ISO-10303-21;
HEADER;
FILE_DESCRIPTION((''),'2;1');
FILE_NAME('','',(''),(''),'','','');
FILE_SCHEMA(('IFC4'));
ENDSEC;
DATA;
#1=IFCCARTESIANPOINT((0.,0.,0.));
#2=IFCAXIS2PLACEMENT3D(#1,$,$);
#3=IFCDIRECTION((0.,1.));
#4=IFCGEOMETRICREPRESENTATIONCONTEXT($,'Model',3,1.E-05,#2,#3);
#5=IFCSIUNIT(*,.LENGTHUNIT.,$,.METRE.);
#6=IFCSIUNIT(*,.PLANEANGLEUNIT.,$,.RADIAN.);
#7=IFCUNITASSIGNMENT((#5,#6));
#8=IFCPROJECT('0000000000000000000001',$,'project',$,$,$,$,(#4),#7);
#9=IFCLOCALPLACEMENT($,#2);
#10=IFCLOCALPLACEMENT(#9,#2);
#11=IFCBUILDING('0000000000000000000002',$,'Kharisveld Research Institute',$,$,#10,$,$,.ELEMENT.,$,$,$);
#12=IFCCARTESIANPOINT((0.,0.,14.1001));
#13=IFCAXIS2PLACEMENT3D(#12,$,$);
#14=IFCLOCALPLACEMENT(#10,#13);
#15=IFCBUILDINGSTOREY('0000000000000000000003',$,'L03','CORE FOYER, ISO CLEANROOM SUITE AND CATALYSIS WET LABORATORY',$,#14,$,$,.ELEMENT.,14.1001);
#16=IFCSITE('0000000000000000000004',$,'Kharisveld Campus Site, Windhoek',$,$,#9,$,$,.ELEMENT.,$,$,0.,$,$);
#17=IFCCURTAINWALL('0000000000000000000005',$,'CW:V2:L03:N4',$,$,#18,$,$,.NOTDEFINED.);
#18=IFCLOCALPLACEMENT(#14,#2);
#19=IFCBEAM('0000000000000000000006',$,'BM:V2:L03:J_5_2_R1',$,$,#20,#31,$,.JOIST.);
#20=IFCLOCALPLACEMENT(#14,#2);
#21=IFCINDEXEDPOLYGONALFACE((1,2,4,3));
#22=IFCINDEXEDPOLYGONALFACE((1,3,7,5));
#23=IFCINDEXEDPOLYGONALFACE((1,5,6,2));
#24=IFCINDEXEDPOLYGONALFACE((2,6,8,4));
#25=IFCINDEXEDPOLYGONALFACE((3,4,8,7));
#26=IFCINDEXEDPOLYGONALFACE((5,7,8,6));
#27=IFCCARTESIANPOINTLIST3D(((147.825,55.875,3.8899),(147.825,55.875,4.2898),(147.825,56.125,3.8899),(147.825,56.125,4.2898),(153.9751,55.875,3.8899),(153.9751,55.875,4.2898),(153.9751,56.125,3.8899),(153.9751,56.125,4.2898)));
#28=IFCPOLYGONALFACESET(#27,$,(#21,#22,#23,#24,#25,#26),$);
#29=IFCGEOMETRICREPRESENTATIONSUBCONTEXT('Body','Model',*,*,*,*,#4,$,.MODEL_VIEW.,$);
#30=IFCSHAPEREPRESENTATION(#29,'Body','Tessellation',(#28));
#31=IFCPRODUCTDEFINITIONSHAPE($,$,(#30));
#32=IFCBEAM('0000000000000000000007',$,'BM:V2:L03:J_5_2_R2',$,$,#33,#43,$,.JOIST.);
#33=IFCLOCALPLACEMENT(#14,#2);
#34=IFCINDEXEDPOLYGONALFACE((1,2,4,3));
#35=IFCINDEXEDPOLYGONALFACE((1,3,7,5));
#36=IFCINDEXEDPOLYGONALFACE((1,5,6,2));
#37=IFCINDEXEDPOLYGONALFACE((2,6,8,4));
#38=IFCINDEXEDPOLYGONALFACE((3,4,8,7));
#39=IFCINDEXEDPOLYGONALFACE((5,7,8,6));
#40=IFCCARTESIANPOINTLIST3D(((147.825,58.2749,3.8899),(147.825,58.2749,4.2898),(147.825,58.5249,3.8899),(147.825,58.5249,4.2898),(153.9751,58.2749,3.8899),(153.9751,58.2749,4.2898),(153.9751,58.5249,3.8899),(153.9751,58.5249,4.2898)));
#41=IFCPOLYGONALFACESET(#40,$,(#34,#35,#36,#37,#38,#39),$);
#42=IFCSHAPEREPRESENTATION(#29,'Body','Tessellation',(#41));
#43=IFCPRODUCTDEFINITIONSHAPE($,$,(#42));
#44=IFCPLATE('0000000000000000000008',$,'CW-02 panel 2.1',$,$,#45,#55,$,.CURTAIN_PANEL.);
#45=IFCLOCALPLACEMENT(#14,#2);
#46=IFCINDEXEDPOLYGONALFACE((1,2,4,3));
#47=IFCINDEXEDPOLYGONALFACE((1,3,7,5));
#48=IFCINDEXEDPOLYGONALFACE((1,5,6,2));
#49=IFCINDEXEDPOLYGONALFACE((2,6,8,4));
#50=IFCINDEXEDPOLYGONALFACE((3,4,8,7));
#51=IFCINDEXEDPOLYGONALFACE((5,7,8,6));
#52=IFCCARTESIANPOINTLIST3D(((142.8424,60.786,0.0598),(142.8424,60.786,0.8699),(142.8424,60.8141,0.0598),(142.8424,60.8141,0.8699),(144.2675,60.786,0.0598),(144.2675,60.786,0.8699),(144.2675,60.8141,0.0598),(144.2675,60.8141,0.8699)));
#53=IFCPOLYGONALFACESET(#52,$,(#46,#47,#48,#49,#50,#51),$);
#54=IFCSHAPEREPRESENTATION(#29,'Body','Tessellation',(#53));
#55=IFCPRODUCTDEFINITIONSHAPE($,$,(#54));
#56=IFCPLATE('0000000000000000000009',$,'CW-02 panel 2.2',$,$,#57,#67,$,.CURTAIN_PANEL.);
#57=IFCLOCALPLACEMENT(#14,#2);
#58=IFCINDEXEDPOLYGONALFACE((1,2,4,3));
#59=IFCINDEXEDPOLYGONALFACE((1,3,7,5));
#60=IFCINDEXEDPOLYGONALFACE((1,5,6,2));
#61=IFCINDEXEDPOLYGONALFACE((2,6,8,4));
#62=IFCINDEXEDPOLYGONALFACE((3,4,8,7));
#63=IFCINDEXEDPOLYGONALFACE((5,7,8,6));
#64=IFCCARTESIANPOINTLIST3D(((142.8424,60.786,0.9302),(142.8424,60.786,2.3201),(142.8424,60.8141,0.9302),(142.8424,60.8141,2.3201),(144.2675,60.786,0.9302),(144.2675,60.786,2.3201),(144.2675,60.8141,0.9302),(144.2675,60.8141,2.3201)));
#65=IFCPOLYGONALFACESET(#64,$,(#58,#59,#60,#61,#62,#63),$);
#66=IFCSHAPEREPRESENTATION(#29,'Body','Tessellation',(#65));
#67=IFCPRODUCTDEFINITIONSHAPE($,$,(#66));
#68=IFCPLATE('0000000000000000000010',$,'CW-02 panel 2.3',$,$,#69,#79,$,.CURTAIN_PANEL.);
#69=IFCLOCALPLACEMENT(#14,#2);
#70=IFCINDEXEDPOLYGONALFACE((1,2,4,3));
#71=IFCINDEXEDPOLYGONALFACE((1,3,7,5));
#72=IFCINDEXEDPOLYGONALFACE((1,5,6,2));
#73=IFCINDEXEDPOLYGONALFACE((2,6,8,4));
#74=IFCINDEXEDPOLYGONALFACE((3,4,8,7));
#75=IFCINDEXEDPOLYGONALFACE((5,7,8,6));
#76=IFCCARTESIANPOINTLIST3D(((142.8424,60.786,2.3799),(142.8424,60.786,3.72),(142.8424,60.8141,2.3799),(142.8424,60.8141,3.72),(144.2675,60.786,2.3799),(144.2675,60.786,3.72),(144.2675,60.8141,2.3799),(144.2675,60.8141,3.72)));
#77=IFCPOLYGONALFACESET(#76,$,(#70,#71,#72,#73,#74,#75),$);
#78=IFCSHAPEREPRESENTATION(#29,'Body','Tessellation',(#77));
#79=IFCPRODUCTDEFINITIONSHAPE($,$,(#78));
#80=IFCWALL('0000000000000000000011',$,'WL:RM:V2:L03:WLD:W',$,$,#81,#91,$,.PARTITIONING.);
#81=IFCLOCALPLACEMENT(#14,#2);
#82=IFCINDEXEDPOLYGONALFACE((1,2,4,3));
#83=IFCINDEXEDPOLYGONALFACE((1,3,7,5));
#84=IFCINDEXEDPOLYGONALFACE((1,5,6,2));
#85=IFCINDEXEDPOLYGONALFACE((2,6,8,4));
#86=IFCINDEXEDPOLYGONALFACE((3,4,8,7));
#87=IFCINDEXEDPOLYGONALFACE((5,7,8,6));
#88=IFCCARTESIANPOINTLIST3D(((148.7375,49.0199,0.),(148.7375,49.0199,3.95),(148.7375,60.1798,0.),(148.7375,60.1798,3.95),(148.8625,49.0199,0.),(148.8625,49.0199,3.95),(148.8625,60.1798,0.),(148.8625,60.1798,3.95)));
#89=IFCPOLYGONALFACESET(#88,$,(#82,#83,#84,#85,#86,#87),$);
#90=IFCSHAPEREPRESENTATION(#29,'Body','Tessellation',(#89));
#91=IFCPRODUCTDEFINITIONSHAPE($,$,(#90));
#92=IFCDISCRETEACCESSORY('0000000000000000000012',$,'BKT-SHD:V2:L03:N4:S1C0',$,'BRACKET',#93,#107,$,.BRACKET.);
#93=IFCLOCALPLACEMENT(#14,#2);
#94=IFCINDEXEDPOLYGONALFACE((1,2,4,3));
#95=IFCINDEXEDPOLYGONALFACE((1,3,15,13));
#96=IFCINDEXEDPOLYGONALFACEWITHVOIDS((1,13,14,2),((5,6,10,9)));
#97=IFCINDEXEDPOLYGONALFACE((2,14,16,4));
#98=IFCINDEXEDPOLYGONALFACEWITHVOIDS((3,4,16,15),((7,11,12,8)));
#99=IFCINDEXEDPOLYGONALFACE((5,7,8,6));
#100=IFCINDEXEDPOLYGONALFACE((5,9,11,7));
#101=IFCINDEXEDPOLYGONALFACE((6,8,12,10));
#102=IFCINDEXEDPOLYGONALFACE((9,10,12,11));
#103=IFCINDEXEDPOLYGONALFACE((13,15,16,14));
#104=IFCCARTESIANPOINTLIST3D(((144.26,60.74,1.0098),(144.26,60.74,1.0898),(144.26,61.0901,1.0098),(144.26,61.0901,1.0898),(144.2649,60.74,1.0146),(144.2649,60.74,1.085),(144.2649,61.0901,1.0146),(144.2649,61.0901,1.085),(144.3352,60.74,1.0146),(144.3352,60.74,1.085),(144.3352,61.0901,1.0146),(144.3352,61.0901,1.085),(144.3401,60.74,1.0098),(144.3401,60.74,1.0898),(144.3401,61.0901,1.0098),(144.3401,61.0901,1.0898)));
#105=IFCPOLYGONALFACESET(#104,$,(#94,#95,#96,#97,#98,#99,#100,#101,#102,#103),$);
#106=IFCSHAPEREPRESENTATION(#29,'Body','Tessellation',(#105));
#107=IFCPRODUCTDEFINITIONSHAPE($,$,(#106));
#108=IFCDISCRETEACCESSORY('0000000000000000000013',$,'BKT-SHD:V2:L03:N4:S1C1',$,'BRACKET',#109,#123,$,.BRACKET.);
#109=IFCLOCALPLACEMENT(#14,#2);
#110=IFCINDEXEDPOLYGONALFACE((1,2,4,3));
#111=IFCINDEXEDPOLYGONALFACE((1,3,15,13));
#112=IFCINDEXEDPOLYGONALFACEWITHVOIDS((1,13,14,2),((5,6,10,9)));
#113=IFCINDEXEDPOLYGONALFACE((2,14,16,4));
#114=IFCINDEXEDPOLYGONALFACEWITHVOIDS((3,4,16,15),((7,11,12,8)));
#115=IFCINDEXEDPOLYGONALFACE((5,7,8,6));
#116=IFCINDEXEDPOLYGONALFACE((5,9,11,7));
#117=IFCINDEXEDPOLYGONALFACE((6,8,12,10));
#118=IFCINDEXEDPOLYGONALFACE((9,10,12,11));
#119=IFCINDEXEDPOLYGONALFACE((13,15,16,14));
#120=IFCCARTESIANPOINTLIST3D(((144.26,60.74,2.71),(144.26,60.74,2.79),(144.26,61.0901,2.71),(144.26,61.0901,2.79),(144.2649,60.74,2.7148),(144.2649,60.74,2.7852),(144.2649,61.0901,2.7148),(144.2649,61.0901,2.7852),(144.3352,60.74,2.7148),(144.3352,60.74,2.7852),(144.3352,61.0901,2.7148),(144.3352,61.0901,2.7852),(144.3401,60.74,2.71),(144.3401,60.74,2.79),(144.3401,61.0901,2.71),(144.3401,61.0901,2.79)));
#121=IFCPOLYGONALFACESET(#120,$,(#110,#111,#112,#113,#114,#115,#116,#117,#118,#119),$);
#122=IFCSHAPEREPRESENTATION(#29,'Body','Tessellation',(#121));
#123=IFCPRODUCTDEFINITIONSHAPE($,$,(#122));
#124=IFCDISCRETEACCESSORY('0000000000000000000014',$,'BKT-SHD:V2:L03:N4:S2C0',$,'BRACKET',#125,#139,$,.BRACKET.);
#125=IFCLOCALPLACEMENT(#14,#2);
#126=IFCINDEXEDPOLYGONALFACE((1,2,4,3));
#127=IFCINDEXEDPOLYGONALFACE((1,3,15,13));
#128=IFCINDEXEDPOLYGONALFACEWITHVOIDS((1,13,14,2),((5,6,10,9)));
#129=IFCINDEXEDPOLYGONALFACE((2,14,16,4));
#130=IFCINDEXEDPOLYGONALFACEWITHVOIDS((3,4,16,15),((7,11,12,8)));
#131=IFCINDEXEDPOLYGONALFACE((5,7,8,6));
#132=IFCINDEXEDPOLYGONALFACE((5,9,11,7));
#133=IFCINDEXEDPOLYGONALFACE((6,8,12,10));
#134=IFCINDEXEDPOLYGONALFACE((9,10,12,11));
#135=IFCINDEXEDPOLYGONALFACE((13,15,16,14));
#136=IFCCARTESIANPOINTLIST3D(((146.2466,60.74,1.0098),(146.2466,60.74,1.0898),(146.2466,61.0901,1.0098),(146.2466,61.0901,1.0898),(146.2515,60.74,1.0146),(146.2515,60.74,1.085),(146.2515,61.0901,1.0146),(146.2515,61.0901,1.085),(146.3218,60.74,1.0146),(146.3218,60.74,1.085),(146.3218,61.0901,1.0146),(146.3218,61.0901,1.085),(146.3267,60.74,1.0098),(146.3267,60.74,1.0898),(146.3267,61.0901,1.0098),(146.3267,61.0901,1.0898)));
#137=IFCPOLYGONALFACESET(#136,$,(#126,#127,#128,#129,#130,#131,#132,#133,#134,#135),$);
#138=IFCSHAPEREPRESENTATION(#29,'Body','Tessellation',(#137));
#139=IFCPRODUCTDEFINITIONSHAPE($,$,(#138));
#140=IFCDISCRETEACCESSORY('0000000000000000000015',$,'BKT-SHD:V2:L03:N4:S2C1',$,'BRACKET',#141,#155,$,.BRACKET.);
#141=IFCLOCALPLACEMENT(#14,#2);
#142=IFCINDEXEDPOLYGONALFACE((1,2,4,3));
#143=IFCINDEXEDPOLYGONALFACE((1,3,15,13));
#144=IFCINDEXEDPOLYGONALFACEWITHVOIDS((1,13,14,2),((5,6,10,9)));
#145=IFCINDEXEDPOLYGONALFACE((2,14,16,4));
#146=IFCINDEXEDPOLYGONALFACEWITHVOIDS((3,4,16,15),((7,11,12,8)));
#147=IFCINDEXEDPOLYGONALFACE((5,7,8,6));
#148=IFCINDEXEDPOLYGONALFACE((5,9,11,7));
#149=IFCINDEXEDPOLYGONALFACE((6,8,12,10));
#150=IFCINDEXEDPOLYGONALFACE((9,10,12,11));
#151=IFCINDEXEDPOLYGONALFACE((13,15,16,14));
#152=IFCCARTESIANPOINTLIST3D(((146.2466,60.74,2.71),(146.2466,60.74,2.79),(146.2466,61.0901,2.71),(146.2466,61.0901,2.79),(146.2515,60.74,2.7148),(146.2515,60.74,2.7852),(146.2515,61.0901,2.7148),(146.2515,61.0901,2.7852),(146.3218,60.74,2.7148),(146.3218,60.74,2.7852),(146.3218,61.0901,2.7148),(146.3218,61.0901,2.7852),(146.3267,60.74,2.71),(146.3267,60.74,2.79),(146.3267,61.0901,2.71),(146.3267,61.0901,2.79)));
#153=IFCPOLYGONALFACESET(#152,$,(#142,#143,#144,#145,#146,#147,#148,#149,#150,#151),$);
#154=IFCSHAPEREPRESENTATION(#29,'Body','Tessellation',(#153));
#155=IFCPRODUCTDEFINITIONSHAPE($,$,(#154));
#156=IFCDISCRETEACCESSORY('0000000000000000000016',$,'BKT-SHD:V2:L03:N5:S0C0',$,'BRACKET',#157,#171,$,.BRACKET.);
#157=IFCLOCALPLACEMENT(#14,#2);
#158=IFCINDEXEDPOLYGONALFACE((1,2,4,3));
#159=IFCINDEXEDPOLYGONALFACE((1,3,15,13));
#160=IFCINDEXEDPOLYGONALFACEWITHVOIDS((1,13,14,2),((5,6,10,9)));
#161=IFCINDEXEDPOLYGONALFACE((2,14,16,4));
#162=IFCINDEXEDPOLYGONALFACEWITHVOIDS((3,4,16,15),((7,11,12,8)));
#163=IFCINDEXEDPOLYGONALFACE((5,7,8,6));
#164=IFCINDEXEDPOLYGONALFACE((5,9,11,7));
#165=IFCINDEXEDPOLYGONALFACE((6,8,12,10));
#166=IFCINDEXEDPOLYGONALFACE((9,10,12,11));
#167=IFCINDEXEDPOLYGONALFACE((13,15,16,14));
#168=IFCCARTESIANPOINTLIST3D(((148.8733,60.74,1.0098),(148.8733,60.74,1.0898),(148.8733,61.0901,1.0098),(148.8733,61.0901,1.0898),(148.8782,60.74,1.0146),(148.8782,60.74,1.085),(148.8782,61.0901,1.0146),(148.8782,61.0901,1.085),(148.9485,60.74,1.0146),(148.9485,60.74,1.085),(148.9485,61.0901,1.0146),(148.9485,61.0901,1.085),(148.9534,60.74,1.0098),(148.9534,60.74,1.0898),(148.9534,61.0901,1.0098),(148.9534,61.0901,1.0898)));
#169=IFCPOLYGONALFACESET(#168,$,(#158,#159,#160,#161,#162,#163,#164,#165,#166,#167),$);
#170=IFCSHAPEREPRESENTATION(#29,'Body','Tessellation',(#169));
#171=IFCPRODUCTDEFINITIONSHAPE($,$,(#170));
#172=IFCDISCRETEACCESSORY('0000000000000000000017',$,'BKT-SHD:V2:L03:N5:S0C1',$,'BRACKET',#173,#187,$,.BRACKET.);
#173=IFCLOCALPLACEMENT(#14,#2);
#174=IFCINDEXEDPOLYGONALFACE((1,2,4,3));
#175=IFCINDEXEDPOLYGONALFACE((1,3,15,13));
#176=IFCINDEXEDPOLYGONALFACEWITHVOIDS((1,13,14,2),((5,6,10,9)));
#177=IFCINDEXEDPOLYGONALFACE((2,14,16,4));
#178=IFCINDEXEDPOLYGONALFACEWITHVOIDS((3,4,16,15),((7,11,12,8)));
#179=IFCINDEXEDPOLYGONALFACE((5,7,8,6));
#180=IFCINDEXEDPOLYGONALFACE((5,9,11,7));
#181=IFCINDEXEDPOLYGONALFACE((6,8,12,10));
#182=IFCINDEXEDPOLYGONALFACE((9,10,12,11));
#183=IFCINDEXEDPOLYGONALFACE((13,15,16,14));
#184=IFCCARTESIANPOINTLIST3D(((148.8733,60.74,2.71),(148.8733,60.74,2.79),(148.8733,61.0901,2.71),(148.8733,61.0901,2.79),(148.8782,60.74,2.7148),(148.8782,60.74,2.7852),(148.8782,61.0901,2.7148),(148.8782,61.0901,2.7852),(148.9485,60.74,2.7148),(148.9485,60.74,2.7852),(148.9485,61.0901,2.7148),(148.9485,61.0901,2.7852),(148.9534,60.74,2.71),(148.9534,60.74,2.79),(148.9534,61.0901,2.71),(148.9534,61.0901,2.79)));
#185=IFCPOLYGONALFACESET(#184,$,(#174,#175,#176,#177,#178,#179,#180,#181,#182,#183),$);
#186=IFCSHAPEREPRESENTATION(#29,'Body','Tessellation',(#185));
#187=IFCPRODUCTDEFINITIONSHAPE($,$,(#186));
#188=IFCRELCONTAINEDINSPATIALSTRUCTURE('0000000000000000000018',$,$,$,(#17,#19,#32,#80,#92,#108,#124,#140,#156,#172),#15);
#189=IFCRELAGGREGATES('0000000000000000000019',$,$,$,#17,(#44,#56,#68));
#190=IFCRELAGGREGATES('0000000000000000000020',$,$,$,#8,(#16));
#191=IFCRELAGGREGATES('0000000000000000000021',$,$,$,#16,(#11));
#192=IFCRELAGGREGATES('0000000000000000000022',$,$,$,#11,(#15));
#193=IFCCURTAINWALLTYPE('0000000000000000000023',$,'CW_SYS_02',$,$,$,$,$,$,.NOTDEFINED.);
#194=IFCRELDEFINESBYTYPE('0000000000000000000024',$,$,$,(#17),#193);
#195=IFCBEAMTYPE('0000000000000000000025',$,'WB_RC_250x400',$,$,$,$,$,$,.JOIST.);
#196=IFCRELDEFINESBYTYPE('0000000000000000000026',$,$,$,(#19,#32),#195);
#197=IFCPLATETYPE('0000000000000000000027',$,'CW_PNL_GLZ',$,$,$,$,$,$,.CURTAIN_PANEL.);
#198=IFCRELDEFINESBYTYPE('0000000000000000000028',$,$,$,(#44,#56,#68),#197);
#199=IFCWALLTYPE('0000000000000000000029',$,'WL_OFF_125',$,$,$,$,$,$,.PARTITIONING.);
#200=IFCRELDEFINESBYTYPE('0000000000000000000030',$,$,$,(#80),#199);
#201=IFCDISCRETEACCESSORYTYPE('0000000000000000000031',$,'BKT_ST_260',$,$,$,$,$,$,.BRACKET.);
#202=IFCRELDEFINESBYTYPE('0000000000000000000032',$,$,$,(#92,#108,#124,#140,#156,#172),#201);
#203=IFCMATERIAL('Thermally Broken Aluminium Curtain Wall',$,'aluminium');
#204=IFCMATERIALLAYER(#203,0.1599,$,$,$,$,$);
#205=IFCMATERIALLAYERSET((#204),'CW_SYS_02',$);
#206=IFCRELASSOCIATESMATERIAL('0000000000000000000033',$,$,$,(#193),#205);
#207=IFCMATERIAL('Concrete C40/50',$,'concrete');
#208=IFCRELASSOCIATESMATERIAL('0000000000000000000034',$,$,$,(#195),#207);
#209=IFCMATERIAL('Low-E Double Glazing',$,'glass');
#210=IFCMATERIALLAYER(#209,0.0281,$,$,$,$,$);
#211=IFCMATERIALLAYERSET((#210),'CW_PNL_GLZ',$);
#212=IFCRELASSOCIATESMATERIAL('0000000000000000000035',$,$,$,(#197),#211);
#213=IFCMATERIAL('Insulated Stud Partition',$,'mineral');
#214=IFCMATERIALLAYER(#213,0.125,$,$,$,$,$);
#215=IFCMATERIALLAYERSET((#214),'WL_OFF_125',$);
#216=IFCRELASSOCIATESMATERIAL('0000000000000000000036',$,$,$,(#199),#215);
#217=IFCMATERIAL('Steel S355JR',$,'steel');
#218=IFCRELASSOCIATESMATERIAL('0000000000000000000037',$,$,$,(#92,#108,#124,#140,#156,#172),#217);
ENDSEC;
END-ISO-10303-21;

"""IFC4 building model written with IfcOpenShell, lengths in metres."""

from ifc_helpers import new_model, si_unit, direction, frame, frame_2d, origin, origin_2d, place, context, subcontext, project, spatial, rectangle, hollow_rectangle, extrude, material, layer, layer_set, material_profile, profile_set, type_object, element, aggregate, save


model = new_model("IFC4")

# Units and contexts
model_context = context("Model", 3, precision=1e-05, world=origin(), true_north=direction((0.0, 1.0)))
body_context = subcontext(model_context, "Body", "Model", "MODEL_VIEW")
ifc_project = project(units=[si_unit("LENGTHUNIT", "METRE"), si_unit("PLANEANGLEUNIT", "RADIAN")], contexts=[model_context])

# Site, building, storey
site_placement = place(None, origin())
site = spatial("IfcSite", under=ifc_project, at=site_placement, Name="Kharisveld Campus Site, Windhoek", CompositionType="ELEMENT", RefElevation=0.0)
building_placement = place(site_placement, origin())
building = spatial("IfcBuilding", under=site, at=building_placement, Name="Kharisveld Research Institute", CompositionType="ELEMENT")
storey_placement = place(building_placement, frame((0.0, 0.0, 14.1001)))
storey = spatial("IfcBuildingStorey", under=building, at=storey_placement, Name="L03", Description="CORE FOYER, ISO CLEANROOM SUITE AND CATALYSIS WET LABORATORY", CompositionType="ELEMENT", Elevation=14.1001)

# Curtain wall
ifc_material_1 = material(Name="Thermally Broken Aluminium Curtain Wall", Category="aluminium")
ifc_layer_1 = layer(ifc_material_1, 0.1599)
ifc_layer_set_1 = layer_set([ifc_layer_1], Name="CW_SYS_02")
curtain_wall_type = type_object("IfcCurtainWallType", Name="CW_SYS_02", PredefinedType="NOTDEFINED", material=ifc_layer_set_1)
curtain_wall_placement = place(storey_placement, origin())
curtain_wall = element("IfcCurtainWall", 1, at=curtain_wall_placement, inside=storey, type_object=curtain_wall_type, Name="CW:V2:L03:N4", PredefinedType="NOTDEFINED")

# Beams
ifc_material_2 = material(Name="Concrete C40/50", Category="concrete")
ifc_material_profile_1 = material_profile(ifc_material_2, rectangle(XDim=0.25, YDim=0.3999, at=origin_2d()))
ifc_profile_set_1 = profile_set([ifc_material_profile_1], Name="Concrete C40/50")
beam_type_1 = type_object("IfcBeamType", Name="WB_RC_250x400", PredefinedType="JOIST", material=ifc_profile_set_1)
for number, where, z_axis, x_axis, name in (
    (2, (147.825, 56.0, 4.0898), (1.0, 0.0, 0.0), (0.0, 1.0, 0.0), "BM:V2:L03:J_5_2_R1"),
    (3, (147.825, 58.3999, 4.0898), (1.0, 0.0, 0.0), (0.0, 1.0, 0.0), "BM:V2:L03:J_5_2_R2"),
):
    element("IfcBeam", number, at=place(storey_placement, frame(where, z_axis=z_axis, x_axis=x_axis)), inside=storey, type_object=beam_type_1, Name=name, PredefinedType="JOIST", context=body_context, shape_type="SweptSolid", body=[
        extrude(rectangle(XDim=0.25, YDim=0.3999, at=origin_2d()), origin(), (0.0, 0.0, 1.0), 6.1501),
    ])

# Plates
ifc_material_3 = material(Name="Low-E Double Glazing", Category="glass")
ifc_layer_2 = layer(ifc_material_3, 0.0281)
ifc_layer_set_2 = layer_set([ifc_layer_2], Name="CW_PNL_GLZ")
plate_type = type_object("IfcPlateType", Name="CW_PNL_GLZ", PredefinedType="CURTAIN_PANEL", material=ifc_layer_set_2)
plate_1_placement = place(storey_placement, frame((143.5549, 60.8, 0.0598), z_axis=(0.0, 0.0, 1.0), x_axis=(1.0, 0.0, 0.0)))
plate_1 = element("IfcPlate", 4, at=plate_1_placement, type_object=plate_type, Name="CW-02 panel 2.1", PredefinedType="CURTAIN_PANEL", context=body_context, shape_type="SweptSolid", body=[
    extrude(rectangle(XDim=1.425, YDim=0.0281, at=origin_2d()), origin(), (0.0, 0.0, 1.0), 0.8101),
])
plate_2_placement = place(storey_placement, frame((143.5549, 60.8, 0.9302), z_axis=(0.0, 0.0, 1.0), x_axis=(1.0, 0.0, 0.0)))
plate_2 = element("IfcPlate", 5, at=plate_2_placement, type_object=plate_type, Name="CW-02 panel 2.2", PredefinedType="CURTAIN_PANEL", context=body_context, shape_type="SweptSolid", body=[
    extrude(rectangle(XDim=1.425, YDim=0.0281, at=origin_2d()), origin(), (0.0, 0.0, 1.0), 1.3899),
])
plate_3_placement = place(storey_placement, frame((143.5549, 60.8, 2.3799), z_axis=(0.0, 0.0, 1.0), x_axis=(1.0, 0.0, 0.0)))
plate_3 = element("IfcPlate", 6, at=plate_3_placement, type_object=plate_type, Name="CW-02 panel 2.3", PredefinedType="CURTAIN_PANEL", context=body_context, shape_type="SweptSolid", body=[
    extrude(rectangle(XDim=1.425, YDim=0.0281, at=origin_2d()), origin(), (0.0, 0.0, 1.0), 1.3401),
])
aggregate(curtain_wall, [plate_1, plate_2, plate_3])

# Wall
ifc_material_4 = material(Name="Insulated Stud Partition", Category="mineral")
ifc_layer_3 = layer(ifc_material_4, 0.125)
ifc_layer_set_3 = layer_set([ifc_layer_3], Name="WL_OFF_125")
wall_type = type_object("IfcWallType", Name="WL_OFF_125", PredefinedType="PARTITIONING", material=ifc_layer_set_3)
wall_placement = place(storey_placement, frame((148.8, 60.1799, 0.0), z_axis=(0.0, 0.0, 1.0), x_axis=(0.0, -1.0, 0.0)))
element("IfcWall", 7, at=wall_placement, inside=storey, type_object=wall_type, Name="WL:RM:V2:L03:WLD:W", PredefinedType="PARTITIONING", context=body_context, shape_type="SweptSolid", body=[
    extrude(rectangle(XDim=11.1599, YDim=0.125, at=frame_2d((5.5801, 0.0))), origin(), (0.0, 0.0, 1.0), 3.95),
])

# Discrete accessories
ifc_material_5 = material(Name="Steel S355JR", Category="steel")
discrete_accessory_type = type_object("IfcDiscreteAccessoryType", Name="BKT_ST_260", PredefinedType="BRACKET")
for number, where, z_axis, x_axis, name in (
    (8, (144.3, 60.74, 1.0498), (0.0, 1.0, 0.0), (-1.0, 0.0, 0.0), "BKT-SHD:V2:L03:N4:S1C0"),
    (9, (144.3, 60.74, 2.75), (0.0, 1.0, 0.0), (-1.0, 0.0, 0.0), "BKT-SHD:V2:L03:N4:S1C1"),
    (10, (146.2866, 60.74, 1.0498), (0.0, 1.0, 0.0), (-1.0, 0.0, 0.0), "BKT-SHD:V2:L03:N4:S2C0"),
    (11, (146.2866, 60.74, 2.75), (0.0, 1.0, 0.0), (-1.0, 0.0, 0.0), "BKT-SHD:V2:L03:N4:S2C1"),
    (12, (148.9133, 60.74, 1.0498), (0.0, 1.0, 0.0), (-1.0, 0.0, 0.0), "BKT-SHD:V2:L03:N5:S0C0"),
    (13, (148.9133, 60.74, 2.75), (0.0, 1.0, 0.0), (-1.0, 0.0, 0.0), "BKT-SHD:V2:L03:N5:S0C1"),
):
    element("IfcDiscreteAccessory", number, at=place(storey_placement, frame(where, z_axis=z_axis, x_axis=x_axis)), inside=storey, type_object=discrete_accessory_type, material=ifc_material_5, Name=name, ObjectType="BRACKET", PredefinedType="BRACKET", context=body_context, shape_type="SweptSolid", body=[
        extrude(hollow_rectangle(XDim=0.0801, YDim=0.0801, WallThickness=0.0049, at=origin_2d()), origin(), (0.0, 0.0, 1.0), 0.3501),
    ])

save(model, "model.ifc")
